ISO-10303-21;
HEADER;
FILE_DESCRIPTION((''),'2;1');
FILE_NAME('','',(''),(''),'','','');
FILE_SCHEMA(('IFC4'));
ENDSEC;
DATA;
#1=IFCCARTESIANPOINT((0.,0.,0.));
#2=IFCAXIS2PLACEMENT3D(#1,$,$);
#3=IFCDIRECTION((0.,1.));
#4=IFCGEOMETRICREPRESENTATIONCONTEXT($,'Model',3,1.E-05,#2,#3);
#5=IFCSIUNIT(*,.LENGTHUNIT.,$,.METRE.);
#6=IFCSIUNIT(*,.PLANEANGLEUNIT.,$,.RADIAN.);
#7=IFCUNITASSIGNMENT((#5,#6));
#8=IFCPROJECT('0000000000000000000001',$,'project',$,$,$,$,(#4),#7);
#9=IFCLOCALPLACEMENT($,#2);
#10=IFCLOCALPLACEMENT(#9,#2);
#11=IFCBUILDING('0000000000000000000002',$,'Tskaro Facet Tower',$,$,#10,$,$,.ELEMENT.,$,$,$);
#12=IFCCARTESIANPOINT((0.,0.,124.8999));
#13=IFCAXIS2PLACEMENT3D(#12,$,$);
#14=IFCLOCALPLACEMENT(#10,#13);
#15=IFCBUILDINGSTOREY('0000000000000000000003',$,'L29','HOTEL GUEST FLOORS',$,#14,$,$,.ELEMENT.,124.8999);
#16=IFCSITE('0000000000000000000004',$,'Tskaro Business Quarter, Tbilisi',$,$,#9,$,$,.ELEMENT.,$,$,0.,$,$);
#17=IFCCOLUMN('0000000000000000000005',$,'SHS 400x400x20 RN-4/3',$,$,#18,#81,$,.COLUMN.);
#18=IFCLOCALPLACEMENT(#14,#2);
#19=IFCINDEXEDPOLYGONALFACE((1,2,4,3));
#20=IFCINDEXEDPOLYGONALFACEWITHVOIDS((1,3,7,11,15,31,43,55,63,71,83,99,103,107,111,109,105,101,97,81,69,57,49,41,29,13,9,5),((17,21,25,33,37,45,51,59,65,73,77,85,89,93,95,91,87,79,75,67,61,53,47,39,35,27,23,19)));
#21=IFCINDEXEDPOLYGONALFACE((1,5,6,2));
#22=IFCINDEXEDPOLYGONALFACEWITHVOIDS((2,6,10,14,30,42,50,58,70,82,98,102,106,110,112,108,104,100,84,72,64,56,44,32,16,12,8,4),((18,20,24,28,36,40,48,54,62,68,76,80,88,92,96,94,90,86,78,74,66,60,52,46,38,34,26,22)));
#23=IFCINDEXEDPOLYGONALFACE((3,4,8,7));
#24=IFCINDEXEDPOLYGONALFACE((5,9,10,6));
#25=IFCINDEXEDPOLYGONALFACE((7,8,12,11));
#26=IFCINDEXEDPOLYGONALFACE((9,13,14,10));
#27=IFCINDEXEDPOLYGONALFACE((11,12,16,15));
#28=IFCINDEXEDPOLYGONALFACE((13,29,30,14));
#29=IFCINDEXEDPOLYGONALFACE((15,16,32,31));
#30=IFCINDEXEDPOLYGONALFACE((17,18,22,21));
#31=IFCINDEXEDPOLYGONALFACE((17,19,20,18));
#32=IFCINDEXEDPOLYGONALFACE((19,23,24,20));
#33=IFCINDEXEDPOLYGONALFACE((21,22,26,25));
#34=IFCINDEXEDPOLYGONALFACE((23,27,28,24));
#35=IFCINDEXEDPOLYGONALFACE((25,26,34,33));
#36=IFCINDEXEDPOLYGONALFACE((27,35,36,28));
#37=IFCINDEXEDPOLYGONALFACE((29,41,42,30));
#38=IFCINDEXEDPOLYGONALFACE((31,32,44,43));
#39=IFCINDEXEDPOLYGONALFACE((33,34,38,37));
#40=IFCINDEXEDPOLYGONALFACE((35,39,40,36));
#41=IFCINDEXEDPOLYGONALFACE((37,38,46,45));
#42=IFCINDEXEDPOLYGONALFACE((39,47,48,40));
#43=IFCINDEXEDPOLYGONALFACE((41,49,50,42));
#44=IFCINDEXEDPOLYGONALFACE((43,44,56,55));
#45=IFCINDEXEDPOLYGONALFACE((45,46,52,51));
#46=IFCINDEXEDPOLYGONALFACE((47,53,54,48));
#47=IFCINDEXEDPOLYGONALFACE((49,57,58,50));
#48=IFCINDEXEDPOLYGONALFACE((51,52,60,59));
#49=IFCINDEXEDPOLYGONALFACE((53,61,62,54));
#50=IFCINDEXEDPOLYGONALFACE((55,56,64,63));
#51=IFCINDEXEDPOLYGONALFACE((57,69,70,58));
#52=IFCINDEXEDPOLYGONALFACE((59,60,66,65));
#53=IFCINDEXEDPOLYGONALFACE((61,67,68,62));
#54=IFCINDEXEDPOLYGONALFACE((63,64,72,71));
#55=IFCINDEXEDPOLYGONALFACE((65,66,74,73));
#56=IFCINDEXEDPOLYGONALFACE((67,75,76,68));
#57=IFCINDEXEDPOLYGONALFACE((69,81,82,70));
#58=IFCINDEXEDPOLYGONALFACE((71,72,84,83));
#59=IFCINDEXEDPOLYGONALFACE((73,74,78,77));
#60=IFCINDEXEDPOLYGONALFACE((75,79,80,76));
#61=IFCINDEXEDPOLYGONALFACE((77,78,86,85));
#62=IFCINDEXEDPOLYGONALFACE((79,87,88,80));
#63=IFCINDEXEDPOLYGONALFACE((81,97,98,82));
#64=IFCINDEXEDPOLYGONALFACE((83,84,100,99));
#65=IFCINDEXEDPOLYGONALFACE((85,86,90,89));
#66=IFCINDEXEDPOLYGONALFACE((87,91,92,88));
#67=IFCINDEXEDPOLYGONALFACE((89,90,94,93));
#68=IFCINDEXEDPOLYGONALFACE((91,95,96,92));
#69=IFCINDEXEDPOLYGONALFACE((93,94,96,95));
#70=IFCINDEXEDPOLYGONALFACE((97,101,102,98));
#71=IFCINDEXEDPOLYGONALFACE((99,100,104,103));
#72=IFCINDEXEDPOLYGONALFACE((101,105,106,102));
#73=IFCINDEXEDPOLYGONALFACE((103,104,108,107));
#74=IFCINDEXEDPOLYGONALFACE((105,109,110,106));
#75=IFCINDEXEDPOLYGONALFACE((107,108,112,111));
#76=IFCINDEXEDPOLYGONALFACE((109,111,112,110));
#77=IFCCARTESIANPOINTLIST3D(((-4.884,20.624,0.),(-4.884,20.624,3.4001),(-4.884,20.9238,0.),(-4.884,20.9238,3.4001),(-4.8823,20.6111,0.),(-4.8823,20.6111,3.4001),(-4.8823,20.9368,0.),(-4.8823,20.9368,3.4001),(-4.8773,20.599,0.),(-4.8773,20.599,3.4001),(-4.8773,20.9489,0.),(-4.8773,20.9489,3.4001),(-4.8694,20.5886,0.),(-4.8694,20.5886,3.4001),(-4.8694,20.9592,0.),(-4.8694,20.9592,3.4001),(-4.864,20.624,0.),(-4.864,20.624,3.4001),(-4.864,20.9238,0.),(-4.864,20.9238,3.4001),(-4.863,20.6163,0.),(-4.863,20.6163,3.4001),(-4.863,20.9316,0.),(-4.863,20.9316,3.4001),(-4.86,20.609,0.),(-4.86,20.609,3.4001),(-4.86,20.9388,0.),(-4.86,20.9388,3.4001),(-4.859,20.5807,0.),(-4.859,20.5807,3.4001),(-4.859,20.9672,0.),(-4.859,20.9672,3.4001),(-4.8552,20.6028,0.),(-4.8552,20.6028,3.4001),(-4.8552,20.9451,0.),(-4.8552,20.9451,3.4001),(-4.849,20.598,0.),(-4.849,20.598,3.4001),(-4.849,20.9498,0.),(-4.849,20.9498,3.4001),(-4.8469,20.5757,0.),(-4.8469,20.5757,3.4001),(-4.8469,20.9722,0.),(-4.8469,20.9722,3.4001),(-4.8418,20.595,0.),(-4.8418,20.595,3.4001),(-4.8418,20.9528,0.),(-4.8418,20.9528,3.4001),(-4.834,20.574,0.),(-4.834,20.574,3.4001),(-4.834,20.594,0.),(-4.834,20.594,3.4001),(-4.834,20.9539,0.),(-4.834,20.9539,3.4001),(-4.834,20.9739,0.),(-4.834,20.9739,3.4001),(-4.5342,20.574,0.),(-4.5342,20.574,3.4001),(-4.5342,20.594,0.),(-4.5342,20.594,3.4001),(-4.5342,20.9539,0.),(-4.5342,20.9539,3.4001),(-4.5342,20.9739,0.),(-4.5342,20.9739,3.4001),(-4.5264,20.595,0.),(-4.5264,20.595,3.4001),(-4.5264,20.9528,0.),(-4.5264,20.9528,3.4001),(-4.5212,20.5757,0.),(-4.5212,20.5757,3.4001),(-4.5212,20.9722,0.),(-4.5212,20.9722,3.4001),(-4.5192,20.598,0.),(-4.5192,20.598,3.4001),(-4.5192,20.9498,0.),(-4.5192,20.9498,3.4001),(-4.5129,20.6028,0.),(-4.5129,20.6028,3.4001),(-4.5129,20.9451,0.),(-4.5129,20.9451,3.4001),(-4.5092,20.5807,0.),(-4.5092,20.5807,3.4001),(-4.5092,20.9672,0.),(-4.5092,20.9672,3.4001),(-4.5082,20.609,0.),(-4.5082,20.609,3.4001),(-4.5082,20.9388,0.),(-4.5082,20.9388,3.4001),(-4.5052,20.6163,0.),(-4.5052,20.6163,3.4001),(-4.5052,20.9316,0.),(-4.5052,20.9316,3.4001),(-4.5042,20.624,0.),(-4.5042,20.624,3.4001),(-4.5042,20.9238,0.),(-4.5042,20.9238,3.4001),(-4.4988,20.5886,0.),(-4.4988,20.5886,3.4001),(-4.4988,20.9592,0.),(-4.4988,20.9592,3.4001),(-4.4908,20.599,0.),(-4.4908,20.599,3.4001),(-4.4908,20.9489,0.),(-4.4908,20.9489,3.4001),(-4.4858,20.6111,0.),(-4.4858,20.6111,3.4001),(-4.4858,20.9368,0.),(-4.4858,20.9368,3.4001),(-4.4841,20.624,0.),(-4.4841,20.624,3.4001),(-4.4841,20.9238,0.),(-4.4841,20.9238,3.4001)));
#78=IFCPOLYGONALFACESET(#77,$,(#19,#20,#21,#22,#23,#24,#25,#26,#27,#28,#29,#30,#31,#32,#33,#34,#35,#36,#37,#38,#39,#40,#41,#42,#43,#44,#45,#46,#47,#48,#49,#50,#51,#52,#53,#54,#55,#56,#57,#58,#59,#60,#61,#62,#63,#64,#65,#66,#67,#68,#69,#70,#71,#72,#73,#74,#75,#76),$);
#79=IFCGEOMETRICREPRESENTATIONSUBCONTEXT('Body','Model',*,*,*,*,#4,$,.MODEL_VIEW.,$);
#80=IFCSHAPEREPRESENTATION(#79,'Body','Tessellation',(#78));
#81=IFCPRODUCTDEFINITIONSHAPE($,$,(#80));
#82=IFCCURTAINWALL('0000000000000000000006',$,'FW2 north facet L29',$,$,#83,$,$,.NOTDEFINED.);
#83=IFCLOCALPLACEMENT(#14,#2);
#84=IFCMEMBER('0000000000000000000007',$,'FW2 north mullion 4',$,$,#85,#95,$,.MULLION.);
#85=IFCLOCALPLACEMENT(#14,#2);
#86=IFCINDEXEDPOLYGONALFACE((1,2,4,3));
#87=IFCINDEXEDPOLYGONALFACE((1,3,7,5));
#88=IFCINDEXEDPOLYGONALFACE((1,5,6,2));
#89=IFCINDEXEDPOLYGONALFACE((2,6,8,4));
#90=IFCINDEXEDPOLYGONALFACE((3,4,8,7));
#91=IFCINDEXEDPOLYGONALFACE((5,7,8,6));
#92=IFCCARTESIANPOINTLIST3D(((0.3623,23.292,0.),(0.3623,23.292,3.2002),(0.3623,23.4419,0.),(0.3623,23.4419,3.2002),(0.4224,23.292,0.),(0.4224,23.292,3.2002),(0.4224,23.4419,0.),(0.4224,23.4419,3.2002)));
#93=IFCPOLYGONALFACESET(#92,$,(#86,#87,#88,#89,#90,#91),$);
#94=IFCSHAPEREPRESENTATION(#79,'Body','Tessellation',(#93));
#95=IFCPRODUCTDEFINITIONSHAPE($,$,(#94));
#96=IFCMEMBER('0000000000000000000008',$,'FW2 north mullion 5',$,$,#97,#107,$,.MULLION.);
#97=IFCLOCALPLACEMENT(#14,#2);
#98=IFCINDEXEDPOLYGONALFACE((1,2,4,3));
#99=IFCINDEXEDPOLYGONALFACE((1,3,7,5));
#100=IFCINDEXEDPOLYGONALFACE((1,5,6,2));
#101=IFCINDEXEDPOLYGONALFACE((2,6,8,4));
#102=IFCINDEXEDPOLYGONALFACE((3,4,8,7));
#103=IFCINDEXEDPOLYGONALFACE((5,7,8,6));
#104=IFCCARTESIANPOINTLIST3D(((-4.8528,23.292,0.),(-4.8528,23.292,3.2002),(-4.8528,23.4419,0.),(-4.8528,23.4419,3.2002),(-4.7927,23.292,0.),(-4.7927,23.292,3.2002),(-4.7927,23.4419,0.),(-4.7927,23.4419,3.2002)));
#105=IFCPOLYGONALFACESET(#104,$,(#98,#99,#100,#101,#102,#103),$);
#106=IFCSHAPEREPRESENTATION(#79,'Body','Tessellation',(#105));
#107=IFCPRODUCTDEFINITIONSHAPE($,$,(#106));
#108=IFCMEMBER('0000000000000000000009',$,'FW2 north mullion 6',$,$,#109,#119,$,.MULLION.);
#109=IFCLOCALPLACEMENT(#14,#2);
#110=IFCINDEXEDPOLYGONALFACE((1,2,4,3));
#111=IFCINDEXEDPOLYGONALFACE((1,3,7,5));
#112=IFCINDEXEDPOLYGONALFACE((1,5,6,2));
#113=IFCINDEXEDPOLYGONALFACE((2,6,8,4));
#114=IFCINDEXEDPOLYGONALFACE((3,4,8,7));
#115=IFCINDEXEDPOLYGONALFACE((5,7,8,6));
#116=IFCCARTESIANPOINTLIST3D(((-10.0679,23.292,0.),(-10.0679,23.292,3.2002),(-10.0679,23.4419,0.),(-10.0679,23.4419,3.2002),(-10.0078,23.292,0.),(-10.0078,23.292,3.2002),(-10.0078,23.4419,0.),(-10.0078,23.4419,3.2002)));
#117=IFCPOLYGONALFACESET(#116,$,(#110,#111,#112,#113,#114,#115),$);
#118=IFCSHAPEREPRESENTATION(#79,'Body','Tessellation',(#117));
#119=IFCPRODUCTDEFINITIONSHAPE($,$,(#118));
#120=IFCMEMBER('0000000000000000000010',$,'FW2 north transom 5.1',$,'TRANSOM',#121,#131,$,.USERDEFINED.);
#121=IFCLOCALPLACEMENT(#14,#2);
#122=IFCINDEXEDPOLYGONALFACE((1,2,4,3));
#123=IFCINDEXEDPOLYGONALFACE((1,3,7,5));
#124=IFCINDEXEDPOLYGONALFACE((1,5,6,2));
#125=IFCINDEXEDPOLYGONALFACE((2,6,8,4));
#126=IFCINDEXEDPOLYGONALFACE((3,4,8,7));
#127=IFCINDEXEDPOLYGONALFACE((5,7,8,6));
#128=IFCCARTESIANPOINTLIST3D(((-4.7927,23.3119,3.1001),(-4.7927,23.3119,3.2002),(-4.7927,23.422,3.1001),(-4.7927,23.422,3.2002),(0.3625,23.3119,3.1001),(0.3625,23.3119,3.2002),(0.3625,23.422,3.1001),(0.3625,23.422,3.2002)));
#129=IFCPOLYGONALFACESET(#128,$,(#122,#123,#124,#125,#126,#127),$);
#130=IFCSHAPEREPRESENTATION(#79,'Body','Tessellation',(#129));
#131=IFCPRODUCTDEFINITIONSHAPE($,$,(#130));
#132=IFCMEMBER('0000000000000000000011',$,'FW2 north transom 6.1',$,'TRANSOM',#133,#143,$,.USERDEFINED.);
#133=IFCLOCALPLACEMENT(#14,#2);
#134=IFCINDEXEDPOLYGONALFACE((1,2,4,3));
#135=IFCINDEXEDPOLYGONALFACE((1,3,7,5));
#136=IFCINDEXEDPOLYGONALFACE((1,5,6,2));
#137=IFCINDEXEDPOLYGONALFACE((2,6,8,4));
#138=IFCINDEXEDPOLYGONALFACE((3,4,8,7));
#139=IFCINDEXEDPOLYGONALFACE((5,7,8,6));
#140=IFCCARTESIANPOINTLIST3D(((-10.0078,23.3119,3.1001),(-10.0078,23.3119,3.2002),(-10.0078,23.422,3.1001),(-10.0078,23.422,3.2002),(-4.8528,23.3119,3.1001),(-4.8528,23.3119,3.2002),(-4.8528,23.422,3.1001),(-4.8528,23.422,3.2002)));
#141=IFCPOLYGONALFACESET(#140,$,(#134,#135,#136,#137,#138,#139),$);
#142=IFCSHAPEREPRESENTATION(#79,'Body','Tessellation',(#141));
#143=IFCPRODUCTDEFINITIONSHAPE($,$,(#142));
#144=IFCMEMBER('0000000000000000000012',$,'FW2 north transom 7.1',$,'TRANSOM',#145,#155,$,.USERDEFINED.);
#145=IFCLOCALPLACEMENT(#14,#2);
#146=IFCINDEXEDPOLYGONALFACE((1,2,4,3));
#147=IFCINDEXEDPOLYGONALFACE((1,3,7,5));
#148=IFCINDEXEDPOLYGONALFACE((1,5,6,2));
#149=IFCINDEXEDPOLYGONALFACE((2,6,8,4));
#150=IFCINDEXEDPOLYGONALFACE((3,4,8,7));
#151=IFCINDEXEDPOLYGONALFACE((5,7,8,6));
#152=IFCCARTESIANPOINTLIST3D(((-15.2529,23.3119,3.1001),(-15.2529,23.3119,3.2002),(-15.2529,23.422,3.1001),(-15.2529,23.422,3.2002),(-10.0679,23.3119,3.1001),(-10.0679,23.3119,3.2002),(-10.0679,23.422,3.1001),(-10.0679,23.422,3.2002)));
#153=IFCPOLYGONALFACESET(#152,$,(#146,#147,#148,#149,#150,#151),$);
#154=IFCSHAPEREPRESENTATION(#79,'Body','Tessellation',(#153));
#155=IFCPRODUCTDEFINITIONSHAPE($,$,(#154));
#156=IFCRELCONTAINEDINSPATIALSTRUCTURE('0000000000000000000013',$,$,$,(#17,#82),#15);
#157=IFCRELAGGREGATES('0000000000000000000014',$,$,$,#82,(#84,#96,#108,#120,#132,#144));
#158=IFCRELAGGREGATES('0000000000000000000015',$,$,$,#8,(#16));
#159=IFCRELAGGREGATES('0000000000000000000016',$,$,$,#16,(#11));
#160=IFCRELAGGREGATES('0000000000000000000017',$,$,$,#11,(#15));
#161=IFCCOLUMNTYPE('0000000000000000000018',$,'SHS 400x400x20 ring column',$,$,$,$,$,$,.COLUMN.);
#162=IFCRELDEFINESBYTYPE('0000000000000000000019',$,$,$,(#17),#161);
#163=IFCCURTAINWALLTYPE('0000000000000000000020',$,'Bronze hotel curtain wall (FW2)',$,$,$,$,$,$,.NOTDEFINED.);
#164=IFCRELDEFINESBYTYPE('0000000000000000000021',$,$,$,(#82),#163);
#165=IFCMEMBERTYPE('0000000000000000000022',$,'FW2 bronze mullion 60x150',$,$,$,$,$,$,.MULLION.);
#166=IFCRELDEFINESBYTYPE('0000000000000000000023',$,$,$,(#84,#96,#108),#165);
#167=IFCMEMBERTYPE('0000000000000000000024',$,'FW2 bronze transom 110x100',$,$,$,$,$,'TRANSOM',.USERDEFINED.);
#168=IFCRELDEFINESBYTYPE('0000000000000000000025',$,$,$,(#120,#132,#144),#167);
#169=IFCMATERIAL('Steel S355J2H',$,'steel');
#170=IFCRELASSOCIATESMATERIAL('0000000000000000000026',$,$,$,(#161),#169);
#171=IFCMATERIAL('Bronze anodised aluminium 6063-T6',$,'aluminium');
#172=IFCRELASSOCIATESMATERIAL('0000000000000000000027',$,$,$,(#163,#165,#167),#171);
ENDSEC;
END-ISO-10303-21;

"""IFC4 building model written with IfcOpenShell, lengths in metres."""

from ifc_helpers import new_model, si_unit, direction, frame, origin, origin_2d, place, context, subcontext, project, spatial, rectangle, hollow_rectangle, extrude, material, material_profile, profile_set, type_object, element, aggregate, save


model = new_model("IFC4")

# Units and contexts
model_context = context("Model", 3, precision=1e-05, world=origin(), true_north=direction((0.0, 1.0)))
body_context = subcontext(model_context, "Body", "Model", "MODEL_VIEW")
ifc_project = project(units=[si_unit("LENGTHUNIT", "METRE"), si_unit("PLANEANGLEUNIT", "RADIAN")], contexts=[model_context])

# Site, building, storey
site_placement = place(None, origin())
site = spatial("IfcSite", under=ifc_project, at=site_placement, Name="Tskaro Business Quarter, Tbilisi", CompositionType="ELEMENT", RefElevation=0.0)
building_placement = place(site_placement, origin())
building = spatial("IfcBuilding", under=site, at=building_placement, Name="Tskaro Facet Tower", CompositionType="ELEMENT")
storey_placement = place(building_placement, frame((0.0, 0.0, 124.8999)))
storey = spatial("IfcBuildingStorey", under=building, at=storey_placement, Name="L29", Description="HOTEL GUEST FLOORS", CompositionType="ELEMENT", Elevation=124.8999)

# Column
ifc_material_1 = material(Name="Steel S355J2H", Category="steel")
ifc_material_profile_1 = material_profile(ifc_material_1, hollow_rectangle(XDim=0.3999, YDim=0.3999, WallThickness=0.02, InnerFilletRadius=0.03, OuterFilletRadius=0.05, at=origin_2d()), Name="SHS 400x400x20")
ifc_profile_set_1 = profile_set([ifc_material_profile_1], Name="Steel S355J2H")
column_type = type_object("IfcColumnType", Name="SHS 400x400x20 ring column", PredefinedType="COLUMN", material=ifc_profile_set_1)
column_placement = place(storey_placement, frame((-4.6841, 20.7739, 0.0), z_axis=(0.0, 0.0, 1.0), x_axis=(1.0, 0.0, 0.0)))
element("IfcColumn", 1, at=column_placement, inside=storey, type_object=column_type, Name="SHS 400x400x20 RN-4/3", PredefinedType="COLUMN", context=body_context, shape_type="SweptSolid", body=[
    extrude(hollow_rectangle(XDim=0.3999, YDim=0.3999, WallThickness=0.02, InnerFilletRadius=0.03, OuterFilletRadius=0.05, at=origin_2d()), origin(), (0.0, 0.0, 1.0), 3.4001),
])

# Curtain wall, members
ifc_material_2 = material(Name="Bronze anodised aluminium 6063-T6", Category="aluminium")
curtain_wall_type = type_object("IfcCurtainWallType", Name="Bronze hotel curtain wall (FW2)", PredefinedType="NOTDEFINED", material=ifc_material_2)
curtain_wall_placement = place(storey_placement, origin())
curtain_wall = element("IfcCurtainWall", 2, at=curtain_wall_placement, inside=storey, type_object=curtain_wall_type, Name="FW2 north facet L29", PredefinedType="NOTDEFINED")
ifc_material_profile_2 = material_profile(ifc_material_2, rectangle(XDim=0.0601, YDim=0.1499, at=origin_2d()), Name="Mullion 60x150")
ifc_profile_set_2 = profile_set([ifc_material_profile_2], Name="Bronze anodised aluminium 6063-T6")
member_type_1 = type_object("IfcMemberType", Name="FW2 bronze mullion 60x150", PredefinedType="MULLION", material=ifc_profile_set_2)
member_1_placement = place(storey_placement, frame((0.3923, 23.3669, 0.0), z_axis=(0.0, 0.0, 1.0), x_axis=(-1.0, 0.0, 0.0)))
member_1 = element("IfcMember", 3, at=member_1_placement, type_object=member_type_1, Name="FW2 north mullion 4", PredefinedType="MULLION", context=body_context, shape_type="SweptSolid", body=[
    extrude(rectangle(XDim=0.0601, YDim=0.1499, at=origin_2d()), origin(), (0.0, 0.0, 1.0), 3.2002),
])
member_2_placement = place(storey_placement, frame((-4.8228, 23.3669, 0.0), z_axis=(0.0, 0.0, 1.0), x_axis=(-1.0, 0.0, 0.0)))
member_2 = element("IfcMember", 4, at=member_2_placement, type_object=member_type_1, Name="FW2 north mullion 5", PredefinedType="MULLION", context=body_context, shape_type="SweptSolid", body=[
    extrude(rectangle(XDim=0.0601, YDim=0.1499, at=origin_2d()), origin(), (0.0, 0.0, 1.0), 3.2002),
])
member_3_placement = place(storey_placement, frame((-10.0378, 23.3669, 0.0), z_axis=(0.0, 0.0, 1.0), x_axis=(-1.0, 0.0, 0.0)))
member_3 = element("IfcMember", 5, at=member_3_placement, type_object=member_type_1, Name="FW2 north mullion 6", PredefinedType="MULLION", context=body_context, shape_type="SweptSolid", body=[
    extrude(rectangle(XDim=0.0601, YDim=0.1499, at=origin_2d()), origin(), (0.0, 0.0, 1.0), 3.2002),
])
ifc_material_profile_3 = material_profile(ifc_material_2, rectangle(XDim=0.1101, YDim=0.1001, at=origin_2d()), Name="Transom 110x100")
ifc_profile_set_3 = profile_set([ifc_material_profile_3], Name="Bronze anodised aluminium 6063-T6")
member_type_2 = type_object("IfcMemberType", Name="FW2 bronze transom 110x100", ElementType="TRANSOM", PredefinedType="USERDEFINED", material=ifc_profile_set_3)
member_4_placement = place(storey_placement, frame((0.3625, 23.3669, 3.1501), z_axis=(-1.0, 0.0, 0.0), x_axis=(0.0, -1.0, 0.0)))
member_4 = element("IfcMember", 6, at=member_4_placement, type_object=member_type_2, Name="FW2 north transom 5.1", ObjectType="TRANSOM", PredefinedType="USERDEFINED", context=body_context, shape_type="SweptSolid", body=[
    extrude(rectangle(XDim=0.1101, YDim=0.1001, at=origin_2d()), origin(), (0.0, 0.0, 1.0), 5.1553),
])
member_5_placement = place(storey_placement, frame((-4.8528, 23.3669, 3.1501), z_axis=(-1.0, 0.0, 0.0), x_axis=(0.0, -1.0, 0.0)))
member_5 = element("IfcMember", 7, at=member_5_placement, type_object=member_type_2, Name="FW2 north transom 6.1", ObjectType="TRANSOM", PredefinedType="USERDEFINED", context=body_context, shape_type="SweptSolid", body=[
    extrude(rectangle(XDim=0.1101, YDim=0.1001, at=origin_2d()), origin(), (0.0, 0.0, 1.0), 5.155),
])
member_6_placement = place(storey_placement, frame((-10.0679, 23.3669, 3.1501), z_axis=(-1.0, 0.0, 0.0), x_axis=(0.0, -1.0, 0.0)))
member_6 = element("IfcMember", 8, at=member_6_placement, type_object=member_type_2, Name="FW2 north transom 7.1", ObjectType="TRANSOM", PredefinedType="USERDEFINED", context=body_context, shape_type="SweptSolid", body=[
    extrude(rectangle(XDim=0.1101, YDim=0.1001, at=origin_2d()), origin(), (0.0, 0.0, 1.0), 5.1851),
])

aggregate(curtain_wall, [member_1, member_2, member_3, member_4, member_5, member_6])

save(model, "model.ifc")
